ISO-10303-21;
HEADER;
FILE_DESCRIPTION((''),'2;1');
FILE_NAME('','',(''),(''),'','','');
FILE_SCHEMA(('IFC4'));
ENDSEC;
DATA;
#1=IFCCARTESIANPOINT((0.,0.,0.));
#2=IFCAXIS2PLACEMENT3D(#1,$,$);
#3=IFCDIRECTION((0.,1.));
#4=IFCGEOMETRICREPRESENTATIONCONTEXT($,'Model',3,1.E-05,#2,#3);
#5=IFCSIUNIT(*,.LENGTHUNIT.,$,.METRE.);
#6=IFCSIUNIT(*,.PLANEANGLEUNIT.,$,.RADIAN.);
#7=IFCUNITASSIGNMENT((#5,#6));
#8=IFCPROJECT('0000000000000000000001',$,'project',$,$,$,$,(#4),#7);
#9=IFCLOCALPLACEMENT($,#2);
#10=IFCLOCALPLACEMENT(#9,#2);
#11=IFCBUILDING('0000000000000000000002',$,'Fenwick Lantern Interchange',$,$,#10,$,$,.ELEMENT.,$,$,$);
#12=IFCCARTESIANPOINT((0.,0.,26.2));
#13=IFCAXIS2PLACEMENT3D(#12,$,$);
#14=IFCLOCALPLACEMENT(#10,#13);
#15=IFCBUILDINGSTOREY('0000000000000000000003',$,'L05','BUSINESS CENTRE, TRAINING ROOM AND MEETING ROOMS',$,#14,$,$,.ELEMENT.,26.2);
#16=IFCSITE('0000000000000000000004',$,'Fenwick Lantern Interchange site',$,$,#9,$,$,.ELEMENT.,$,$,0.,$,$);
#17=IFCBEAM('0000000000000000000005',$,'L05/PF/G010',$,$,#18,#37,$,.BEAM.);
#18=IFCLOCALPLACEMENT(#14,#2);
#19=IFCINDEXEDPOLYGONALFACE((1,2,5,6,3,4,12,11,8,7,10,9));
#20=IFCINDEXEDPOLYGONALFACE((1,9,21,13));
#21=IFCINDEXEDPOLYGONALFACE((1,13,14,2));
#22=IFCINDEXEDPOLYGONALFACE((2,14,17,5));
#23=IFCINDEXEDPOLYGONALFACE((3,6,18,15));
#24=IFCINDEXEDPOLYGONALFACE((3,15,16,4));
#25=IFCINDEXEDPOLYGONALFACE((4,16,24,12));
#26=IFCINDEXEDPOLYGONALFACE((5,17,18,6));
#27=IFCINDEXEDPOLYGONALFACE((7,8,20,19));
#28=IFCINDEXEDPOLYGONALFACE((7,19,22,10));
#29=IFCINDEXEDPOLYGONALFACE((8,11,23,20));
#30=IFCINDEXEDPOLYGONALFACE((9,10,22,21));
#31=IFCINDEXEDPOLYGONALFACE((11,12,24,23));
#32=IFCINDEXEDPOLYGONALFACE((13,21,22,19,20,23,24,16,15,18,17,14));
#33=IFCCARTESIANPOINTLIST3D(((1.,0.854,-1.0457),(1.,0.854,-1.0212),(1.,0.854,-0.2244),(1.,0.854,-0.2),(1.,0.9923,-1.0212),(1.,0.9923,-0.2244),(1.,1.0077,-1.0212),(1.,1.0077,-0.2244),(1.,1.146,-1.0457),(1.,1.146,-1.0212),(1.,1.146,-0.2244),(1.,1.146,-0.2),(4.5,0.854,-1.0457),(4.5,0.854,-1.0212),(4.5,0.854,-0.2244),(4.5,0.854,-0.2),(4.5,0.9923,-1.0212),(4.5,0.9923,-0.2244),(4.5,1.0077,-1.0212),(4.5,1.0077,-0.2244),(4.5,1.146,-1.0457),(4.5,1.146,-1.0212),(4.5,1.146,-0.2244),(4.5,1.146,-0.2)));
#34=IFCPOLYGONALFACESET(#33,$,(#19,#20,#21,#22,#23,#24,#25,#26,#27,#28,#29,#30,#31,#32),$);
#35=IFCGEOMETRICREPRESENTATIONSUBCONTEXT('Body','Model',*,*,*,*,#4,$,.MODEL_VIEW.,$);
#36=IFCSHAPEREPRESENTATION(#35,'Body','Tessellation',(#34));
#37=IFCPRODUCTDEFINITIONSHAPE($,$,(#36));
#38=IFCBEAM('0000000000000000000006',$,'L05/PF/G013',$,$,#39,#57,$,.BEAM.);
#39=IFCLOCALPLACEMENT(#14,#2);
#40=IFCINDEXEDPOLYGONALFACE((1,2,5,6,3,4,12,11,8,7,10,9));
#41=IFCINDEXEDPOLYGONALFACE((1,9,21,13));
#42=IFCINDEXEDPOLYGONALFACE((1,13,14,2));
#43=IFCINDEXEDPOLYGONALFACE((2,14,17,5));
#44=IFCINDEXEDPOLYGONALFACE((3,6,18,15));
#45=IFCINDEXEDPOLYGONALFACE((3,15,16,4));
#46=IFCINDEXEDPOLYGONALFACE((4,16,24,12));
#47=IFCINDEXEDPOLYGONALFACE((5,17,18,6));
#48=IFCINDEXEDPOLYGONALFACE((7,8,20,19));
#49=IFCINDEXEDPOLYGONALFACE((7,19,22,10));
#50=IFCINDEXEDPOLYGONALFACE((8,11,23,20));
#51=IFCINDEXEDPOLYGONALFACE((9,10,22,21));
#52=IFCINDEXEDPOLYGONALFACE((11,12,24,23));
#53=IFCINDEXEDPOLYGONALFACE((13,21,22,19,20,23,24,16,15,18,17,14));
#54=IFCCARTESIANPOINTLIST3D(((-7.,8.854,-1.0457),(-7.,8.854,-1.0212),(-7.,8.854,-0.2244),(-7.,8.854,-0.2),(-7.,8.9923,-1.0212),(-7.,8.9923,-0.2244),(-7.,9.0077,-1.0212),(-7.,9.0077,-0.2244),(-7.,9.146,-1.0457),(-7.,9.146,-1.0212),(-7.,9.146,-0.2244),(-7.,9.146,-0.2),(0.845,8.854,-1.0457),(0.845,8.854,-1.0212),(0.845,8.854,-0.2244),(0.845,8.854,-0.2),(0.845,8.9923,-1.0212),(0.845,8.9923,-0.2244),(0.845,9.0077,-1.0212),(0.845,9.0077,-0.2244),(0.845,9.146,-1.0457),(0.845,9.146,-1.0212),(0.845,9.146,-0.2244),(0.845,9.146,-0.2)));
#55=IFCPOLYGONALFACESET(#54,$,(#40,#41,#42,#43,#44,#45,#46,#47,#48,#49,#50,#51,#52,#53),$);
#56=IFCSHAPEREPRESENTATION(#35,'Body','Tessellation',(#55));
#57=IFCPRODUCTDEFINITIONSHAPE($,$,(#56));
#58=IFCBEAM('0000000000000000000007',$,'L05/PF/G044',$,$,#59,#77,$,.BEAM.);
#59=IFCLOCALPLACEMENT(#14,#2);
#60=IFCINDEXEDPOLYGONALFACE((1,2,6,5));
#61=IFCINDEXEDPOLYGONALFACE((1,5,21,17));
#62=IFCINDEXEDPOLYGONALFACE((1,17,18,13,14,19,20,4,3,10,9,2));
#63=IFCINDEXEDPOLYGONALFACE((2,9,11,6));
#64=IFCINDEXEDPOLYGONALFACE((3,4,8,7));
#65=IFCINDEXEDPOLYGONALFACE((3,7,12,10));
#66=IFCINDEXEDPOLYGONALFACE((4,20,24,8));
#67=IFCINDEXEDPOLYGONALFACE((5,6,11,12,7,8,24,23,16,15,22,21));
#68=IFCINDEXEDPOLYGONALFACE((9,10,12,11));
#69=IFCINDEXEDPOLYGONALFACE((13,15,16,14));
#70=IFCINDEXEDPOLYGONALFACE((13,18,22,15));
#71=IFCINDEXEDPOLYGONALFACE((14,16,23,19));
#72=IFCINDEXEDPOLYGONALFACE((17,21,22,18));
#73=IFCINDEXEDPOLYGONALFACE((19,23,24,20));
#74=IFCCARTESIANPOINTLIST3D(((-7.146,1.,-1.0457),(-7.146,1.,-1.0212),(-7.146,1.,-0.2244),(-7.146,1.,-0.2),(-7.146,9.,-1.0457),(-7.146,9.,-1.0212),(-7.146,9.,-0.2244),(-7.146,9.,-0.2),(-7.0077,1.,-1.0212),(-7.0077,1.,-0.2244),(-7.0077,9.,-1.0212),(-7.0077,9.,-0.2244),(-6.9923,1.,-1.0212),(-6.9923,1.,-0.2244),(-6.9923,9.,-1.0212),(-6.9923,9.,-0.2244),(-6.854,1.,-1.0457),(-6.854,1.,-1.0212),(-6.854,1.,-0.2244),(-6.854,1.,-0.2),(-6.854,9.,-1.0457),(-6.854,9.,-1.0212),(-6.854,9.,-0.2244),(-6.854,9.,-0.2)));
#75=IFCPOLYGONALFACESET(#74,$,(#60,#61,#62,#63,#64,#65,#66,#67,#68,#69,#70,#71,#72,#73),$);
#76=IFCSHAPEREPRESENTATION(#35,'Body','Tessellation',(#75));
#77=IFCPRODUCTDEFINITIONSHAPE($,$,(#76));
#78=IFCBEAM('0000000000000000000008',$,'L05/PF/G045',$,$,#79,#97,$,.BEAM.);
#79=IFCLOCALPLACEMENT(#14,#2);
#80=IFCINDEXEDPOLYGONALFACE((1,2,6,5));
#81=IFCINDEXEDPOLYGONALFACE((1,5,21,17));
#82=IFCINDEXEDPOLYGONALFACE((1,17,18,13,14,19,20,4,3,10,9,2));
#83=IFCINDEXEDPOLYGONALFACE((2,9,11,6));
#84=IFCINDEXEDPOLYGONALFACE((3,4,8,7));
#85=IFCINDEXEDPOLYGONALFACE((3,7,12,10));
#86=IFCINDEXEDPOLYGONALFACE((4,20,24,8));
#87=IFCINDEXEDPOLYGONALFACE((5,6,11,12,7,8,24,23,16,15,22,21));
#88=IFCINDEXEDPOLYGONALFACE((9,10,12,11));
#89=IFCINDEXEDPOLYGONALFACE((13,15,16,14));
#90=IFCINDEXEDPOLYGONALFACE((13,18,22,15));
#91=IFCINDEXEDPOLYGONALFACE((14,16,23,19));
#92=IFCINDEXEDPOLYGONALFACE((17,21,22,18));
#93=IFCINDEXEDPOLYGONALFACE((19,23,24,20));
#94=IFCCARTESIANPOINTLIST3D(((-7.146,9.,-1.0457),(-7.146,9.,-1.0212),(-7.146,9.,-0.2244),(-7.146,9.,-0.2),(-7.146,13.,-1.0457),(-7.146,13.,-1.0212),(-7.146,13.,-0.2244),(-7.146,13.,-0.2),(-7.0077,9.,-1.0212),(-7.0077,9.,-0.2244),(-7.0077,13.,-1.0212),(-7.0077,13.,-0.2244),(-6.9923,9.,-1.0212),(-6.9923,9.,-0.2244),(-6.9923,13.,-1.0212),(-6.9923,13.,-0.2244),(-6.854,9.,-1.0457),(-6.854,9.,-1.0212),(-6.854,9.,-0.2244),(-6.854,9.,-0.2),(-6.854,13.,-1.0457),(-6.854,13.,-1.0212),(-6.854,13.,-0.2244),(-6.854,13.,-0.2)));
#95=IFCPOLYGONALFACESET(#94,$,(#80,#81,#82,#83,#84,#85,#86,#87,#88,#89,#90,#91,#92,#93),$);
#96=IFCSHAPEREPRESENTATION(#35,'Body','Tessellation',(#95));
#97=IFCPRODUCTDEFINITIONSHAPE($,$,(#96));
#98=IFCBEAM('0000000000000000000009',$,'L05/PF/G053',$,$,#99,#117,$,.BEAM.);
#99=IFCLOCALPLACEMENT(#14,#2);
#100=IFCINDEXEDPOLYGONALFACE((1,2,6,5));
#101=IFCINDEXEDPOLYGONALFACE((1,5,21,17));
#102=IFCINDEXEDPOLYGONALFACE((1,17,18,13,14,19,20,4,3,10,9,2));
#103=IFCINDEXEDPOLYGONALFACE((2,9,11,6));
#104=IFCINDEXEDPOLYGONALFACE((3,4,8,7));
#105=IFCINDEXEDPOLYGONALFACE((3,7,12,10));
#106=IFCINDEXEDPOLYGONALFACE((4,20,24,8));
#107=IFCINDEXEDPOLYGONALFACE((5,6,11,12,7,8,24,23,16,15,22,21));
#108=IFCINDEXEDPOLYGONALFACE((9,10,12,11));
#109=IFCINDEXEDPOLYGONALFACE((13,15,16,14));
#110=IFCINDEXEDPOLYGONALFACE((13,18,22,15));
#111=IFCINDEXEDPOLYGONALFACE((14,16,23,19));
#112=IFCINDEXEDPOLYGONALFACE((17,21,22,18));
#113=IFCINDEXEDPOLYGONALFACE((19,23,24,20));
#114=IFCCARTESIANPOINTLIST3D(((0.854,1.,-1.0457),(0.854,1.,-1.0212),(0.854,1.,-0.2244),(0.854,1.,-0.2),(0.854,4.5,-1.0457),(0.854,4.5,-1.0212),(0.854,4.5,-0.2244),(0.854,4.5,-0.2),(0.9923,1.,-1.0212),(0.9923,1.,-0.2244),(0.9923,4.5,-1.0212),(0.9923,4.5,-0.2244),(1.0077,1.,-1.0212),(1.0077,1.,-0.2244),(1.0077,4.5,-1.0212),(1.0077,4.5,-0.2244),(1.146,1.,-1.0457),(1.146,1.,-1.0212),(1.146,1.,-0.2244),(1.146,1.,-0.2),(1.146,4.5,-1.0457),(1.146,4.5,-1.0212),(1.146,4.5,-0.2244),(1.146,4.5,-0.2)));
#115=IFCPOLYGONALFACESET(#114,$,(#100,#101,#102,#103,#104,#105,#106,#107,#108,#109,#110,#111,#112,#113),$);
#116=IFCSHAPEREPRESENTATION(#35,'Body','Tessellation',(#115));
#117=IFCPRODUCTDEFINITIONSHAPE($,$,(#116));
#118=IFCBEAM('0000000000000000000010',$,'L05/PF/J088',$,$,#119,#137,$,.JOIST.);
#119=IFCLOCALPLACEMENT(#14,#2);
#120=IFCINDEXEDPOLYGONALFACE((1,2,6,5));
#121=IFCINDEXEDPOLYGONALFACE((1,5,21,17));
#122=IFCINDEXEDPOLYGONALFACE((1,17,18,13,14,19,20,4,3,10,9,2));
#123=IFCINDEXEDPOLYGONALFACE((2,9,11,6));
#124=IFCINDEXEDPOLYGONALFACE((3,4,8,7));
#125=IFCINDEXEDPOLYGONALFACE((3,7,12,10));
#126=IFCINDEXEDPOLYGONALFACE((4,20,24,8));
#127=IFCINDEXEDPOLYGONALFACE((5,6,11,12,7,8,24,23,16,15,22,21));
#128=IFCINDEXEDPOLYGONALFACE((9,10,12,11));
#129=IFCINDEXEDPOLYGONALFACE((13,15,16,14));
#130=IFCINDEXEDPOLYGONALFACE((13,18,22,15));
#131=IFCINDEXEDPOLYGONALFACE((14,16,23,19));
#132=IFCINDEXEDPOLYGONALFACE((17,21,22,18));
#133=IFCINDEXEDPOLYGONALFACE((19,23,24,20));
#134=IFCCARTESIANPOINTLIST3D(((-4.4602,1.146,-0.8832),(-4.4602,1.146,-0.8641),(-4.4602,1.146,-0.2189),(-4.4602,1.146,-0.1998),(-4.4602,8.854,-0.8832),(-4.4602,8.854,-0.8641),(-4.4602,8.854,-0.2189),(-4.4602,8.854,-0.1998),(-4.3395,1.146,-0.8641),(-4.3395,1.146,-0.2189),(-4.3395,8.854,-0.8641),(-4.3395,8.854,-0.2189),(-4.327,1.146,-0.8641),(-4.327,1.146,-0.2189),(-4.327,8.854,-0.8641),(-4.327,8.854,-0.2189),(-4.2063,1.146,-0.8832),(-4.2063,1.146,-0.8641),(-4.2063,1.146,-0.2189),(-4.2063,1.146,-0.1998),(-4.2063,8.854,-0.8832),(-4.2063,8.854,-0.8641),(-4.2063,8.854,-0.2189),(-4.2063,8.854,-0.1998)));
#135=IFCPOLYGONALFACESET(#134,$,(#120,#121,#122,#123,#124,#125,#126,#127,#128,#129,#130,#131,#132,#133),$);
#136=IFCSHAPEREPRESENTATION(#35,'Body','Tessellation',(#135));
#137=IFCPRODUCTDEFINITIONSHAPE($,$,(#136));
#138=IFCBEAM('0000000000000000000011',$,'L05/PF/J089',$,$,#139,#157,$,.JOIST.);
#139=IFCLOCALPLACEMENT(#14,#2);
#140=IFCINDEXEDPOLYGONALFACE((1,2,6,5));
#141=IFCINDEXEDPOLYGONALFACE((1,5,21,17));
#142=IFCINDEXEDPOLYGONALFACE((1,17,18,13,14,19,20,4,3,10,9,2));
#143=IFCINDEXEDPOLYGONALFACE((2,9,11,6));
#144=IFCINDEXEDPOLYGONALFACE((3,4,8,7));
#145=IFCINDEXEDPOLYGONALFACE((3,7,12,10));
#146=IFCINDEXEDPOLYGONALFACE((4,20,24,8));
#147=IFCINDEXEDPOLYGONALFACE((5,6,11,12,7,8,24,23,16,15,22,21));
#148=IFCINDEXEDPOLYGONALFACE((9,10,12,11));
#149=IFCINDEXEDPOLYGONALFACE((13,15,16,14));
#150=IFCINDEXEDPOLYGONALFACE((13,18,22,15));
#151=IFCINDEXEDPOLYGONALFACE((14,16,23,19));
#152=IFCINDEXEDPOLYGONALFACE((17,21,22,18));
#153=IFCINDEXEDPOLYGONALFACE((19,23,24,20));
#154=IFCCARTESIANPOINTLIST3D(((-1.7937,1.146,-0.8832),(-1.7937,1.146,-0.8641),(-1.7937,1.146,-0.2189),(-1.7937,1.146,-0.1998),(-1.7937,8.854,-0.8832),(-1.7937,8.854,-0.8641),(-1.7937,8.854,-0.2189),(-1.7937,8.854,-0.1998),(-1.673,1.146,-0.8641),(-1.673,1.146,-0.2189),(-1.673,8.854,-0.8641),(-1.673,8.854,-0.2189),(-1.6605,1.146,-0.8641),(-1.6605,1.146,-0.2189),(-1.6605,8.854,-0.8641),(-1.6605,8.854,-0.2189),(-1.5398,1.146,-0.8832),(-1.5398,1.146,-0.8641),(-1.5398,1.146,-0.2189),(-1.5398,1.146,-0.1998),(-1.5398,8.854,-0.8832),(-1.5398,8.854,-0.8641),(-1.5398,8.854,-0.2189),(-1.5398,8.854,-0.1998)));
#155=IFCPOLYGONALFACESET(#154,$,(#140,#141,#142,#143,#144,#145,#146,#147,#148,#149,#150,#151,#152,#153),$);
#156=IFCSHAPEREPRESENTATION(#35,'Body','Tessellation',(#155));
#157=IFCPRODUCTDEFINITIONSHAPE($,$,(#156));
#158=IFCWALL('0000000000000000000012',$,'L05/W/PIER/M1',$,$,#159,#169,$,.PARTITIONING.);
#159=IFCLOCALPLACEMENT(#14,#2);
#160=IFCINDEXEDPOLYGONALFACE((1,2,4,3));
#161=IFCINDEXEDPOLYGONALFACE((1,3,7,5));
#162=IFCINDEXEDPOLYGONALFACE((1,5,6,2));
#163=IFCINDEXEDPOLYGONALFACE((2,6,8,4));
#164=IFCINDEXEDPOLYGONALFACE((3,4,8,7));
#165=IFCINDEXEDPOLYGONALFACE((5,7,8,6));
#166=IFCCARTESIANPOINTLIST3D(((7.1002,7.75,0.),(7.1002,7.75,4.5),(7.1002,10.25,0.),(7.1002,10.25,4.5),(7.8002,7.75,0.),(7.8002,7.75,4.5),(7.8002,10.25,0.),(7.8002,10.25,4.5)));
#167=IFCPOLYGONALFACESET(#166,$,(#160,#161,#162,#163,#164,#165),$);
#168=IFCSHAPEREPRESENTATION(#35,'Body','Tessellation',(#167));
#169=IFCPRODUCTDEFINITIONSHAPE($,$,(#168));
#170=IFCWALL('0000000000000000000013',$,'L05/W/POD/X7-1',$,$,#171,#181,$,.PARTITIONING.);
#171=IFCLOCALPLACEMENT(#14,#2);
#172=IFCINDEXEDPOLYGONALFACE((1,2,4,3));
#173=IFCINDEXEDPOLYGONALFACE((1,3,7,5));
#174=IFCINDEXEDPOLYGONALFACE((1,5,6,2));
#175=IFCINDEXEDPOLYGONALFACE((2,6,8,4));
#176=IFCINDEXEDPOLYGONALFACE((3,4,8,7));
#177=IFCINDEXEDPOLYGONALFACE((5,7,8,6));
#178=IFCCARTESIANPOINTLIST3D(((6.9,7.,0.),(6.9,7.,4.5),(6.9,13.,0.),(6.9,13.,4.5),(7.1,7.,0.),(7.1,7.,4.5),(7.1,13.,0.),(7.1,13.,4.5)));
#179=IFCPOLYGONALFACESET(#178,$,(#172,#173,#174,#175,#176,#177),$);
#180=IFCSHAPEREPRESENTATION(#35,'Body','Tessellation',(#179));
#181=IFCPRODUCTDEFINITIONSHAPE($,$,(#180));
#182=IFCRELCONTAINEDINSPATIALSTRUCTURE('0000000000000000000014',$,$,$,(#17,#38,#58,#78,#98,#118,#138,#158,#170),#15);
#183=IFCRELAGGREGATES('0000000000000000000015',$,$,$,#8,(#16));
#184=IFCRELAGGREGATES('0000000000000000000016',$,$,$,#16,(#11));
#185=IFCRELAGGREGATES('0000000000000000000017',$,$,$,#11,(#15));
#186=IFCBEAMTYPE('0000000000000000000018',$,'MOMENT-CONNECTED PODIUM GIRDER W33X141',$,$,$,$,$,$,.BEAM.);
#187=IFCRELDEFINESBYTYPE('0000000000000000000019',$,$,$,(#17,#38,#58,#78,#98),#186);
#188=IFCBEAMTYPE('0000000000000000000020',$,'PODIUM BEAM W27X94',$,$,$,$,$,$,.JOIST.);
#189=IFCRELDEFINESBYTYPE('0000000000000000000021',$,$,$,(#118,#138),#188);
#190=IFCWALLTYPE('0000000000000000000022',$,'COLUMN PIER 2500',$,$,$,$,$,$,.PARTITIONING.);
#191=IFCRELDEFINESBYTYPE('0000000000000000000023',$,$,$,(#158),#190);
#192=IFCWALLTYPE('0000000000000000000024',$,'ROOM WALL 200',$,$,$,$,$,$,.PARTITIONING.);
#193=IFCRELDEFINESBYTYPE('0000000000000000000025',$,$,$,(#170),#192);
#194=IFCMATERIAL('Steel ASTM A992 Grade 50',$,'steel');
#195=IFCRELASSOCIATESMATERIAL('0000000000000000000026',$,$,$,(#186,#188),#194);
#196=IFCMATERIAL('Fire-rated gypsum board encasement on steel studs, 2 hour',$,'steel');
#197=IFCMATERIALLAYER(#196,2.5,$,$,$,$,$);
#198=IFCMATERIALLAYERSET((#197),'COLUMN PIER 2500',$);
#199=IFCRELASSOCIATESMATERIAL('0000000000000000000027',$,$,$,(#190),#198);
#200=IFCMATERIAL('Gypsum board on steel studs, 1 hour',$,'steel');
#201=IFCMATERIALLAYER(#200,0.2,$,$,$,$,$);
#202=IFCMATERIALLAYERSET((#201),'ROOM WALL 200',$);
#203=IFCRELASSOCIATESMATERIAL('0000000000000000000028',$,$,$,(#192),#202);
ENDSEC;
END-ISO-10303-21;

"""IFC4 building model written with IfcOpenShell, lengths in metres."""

from ifc_helpers import new_model, si_unit, direction, frame, frame_2d, origin, origin_2d, place, context, subcontext, project, spatial, rectangle, i_section, extrude, material, layer, layer_set, material_profile, profile_set, type_object, element, save


model = new_model("IFC4")

# Units and contexts
model_context = context("Model", 3, precision=1e-05, world=origin(), true_north=direction((0.0, 1.0)))
body_context = subcontext(model_context, "Body", "Model", "MODEL_VIEW")
ifc_project = project(units=[si_unit("LENGTHUNIT", "METRE"), si_unit("PLANEANGLEUNIT", "RADIAN")], contexts=[model_context])

# Site, building, storey
site_placement = place(None, origin())
site = spatial("IfcSite", under=ifc_project, at=site_placement, Name="Fenwick Lantern Interchange site", CompositionType="ELEMENT", RefElevation=0.0)
building_placement = place(site_placement, origin())
building = spatial("IfcBuilding", under=site, at=building_placement, Name="Fenwick Lantern Interchange", CompositionType="ELEMENT")
storey_placement = place(building_placement, frame((0.0, 0.0, 26.2)))
storey = spatial("IfcBuildingStorey", under=building, at=storey_placement, Name="L05", Description="BUSINESS CENTRE, TRAINING ROOM AND MEETING ROOMS", CompositionType="ELEMENT", Elevation=26.2)

# Shared definitions
ifc_material_1 = material(Name="Steel ASTM A992 Grade 50", Category="steel")

# Beams
ifc_material_profile_1 = material_profile(ifc_material_1, i_section(OverallWidth=0.292, OverallDepth=0.8457, WebThickness=0.0154, FlangeThickness=0.0244, at=origin_2d()), Name="W33X141")
ifc_profile_set_1 = profile_set([ifc_material_profile_1], Name="Steel ASTM A992 Grade 50")
beam_type_1 = type_object("IfcBeamType", Name="MOMENT-CONNECTED PODIUM GIRDER W33X141", PredefinedType="BEAM", material=ifc_profile_set_1)
beam_1_placement = place(storey_placement, frame((1.0, 1.0, -0.6228), z_axis=(1.0, 0.0, 0.0), x_axis=(0.0, 1.0, 0.0)))
element("IfcBeam", 1, at=beam_1_placement, inside=storey, type_object=beam_type_1, Name="L05/PF/G010", PredefinedType="BEAM", context=body_context, shape_type="SweptSolid", body=[
    extrude(i_section(OverallWidth=0.292, OverallDepth=0.8457, WebThickness=0.0154, FlangeThickness=0.0244, at=origin_2d()), origin(), (0.0, 0.0, 1.0), 3.5),
])
beam_2_placement = place(storey_placement, frame((-7.0, 9.0, -0.6228), z_axis=(1.0, 0.0, 0.0), x_axis=(0.0, 1.0, 0.0)))
element("IfcBeam", 2, at=beam_2_placement, inside=storey, type_object=beam_type_1, Name="L05/PF/G013", PredefinedType="BEAM", context=body_context, shape_type="SweptSolid", body=[
    extrude(i_section(OverallWidth=0.292, OverallDepth=0.8457, WebThickness=0.0154, FlangeThickness=0.0244, at=origin_2d()), origin(), (0.0, 0.0, 1.0), 7.845),
])
beam_3_placement = place(storey_placement, frame((-7.0, 1.0, -0.6228), z_axis=(0.0, 1.0, 0.0), x_axis=(-1.0, 0.0, 0.0)))
element("IfcBeam", 3, at=beam_3_placement, inside=storey, type_object=beam_type_1, Name="L05/PF/G044", PredefinedType="BEAM", context=body_context, shape_type="SweptSolid", body=[
    extrude(i_section(OverallWidth=0.292, OverallDepth=0.8457, WebThickness=0.0154, FlangeThickness=0.0244, at=origin_2d()), origin(), (0.0, 0.0, 1.0), 8.0),
])
beam_4_placement = place(storey_placement, frame((-7.0, 9.0, -0.6228), z_axis=(0.0, 1.0, 0.0), x_axis=(-1.0, 0.0, 0.0)))
element("IfcBeam", 4, at=beam_4_placement, inside=storey, type_object=beam_type_1, Name="L05/PF/G045", PredefinedType="BEAM", context=body_context, shape_type="SweptSolid", body=[
    extrude(i_section(OverallWidth=0.292, OverallDepth=0.8457, WebThickness=0.0154, FlangeThickness=0.0244, at=origin_2d()), origin(), (0.0, 0.0, 1.0), 4.0),
])
beam_5_placement = place(storey_placement, frame((1.0, 1.0, -0.6228), z_axis=(0.0, 1.0, 0.0), x_axis=(-1.0, 0.0, 0.0)))
element("IfcBeam", 5, at=beam_5_placement, inside=storey, type_object=beam_type_1, Name="L05/PF/G053", PredefinedType="BEAM", context=body_context, shape_type="SweptSolid", body=[
    extrude(i_section(OverallWidth=0.292, OverallDepth=0.8457, WebThickness=0.0154, FlangeThickness=0.0244, at=origin_2d()), origin(), (0.0, 0.0, 1.0), 3.5),
])
ifc_material_profile_2 = material_profile(ifc_material_1, i_section(OverallWidth=0.2539, OverallDepth=0.6833, WebThickness=0.0125, FlangeThickness=0.019, at=origin_2d()), Name="W27X94")
ifc_profile_set_2 = profile_set([ifc_material_profile_2], Name="Steel ASTM A992 Grade 50")
beam_type_2 = type_object("IfcBeamType", Name="PODIUM BEAM W27X94", PredefinedType="JOIST", material=ifc_profile_set_2)
for number, where, z_axis, x_axis, name in (
    (6, (-4.3333, 1.146, -0.5415), (0.0, 1.0, 0.0), (-1.0, 0.0, 0.0), "L05/PF/J088"),
    (7, (-1.6667, 1.146, -0.5415), (0.0, 1.0, 0.0), (-1.0, 0.0, 0.0), "L05/PF/J089"),
):
    element("IfcBeam", number, at=place(storey_placement, frame(where, z_axis=z_axis, x_axis=x_axis)), inside=storey, type_object=beam_type_2, Name=name, PredefinedType="JOIST", context=body_context, shape_type="SweptSolid", body=[
        extrude(i_section(OverallWidth=0.2539, OverallDepth=0.6833, WebThickness=0.0125, FlangeThickness=0.019, at=origin_2d()), origin(), (0.0, 0.0, 1.0), 7.708),
    ])

# Walls
ifc_material_2 = material(Name="Fire-rated gypsum board encasement on steel studs, 2 hour", Category="steel")
ifc_layer_1 = layer(ifc_material_2, 2.5)
ifc_layer_set_1 = layer_set([ifc_layer_1], Name="COLUMN PIER 2500")
wall_type_1 = type_object("IfcWallType", Name="COLUMN PIER 2500", PredefinedType="PARTITIONING", material=ifc_layer_set_1)
wall_1_placement = place(storey_placement, frame((7.1001, 9.0, 0.0), z_axis=(0.0, 0.0, 1.0), x_axis=(1.0, 0.0, 0.0)))
element("IfcWall", 8, at=wall_1_placement, inside=storey, type_object=wall_type_1, Name="L05/W/PIER/M1", PredefinedType="PARTITIONING", context=body_context, shape_type="SweptSolid", body=[
    extrude(rectangle(XDim=0.7, YDim=2.5, at=frame_2d((0.3501, 0.0))), origin(), (0.0, 0.0, 1.0), 4.5),
])
ifc_material_3 = material(Name="Gypsum board on steel studs, 1 hour", Category="steel")
ifc_layer_2 = layer(ifc_material_3, 0.2)
ifc_layer_set_2 = layer_set([ifc_layer_2], Name="ROOM WALL 200")
wall_type_2 = type_object("IfcWallType", Name="ROOM WALL 200", PredefinedType="PARTITIONING", material=ifc_layer_set_2)
wall_2_placement = place(storey_placement, frame((7.0, 7.0, 0.0), z_axis=(0.0, 0.0, 1.0), x_axis=(0.0, 1.0, 0.0)))
element("IfcWall", 9, at=wall_2_placement, inside=storey, type_object=wall_type_2, Name="L05/W/POD/X7-1", PredefinedType="PARTITIONING", context=body_context, shape_type="SweptSolid", body=[
    extrude(rectangle(XDim=6.0, YDim=0.2, at=frame_2d((3.0, 0.0))), origin(), (0.0, 0.0, 1.0), 4.5),
])

save(model, "model.ifc")
